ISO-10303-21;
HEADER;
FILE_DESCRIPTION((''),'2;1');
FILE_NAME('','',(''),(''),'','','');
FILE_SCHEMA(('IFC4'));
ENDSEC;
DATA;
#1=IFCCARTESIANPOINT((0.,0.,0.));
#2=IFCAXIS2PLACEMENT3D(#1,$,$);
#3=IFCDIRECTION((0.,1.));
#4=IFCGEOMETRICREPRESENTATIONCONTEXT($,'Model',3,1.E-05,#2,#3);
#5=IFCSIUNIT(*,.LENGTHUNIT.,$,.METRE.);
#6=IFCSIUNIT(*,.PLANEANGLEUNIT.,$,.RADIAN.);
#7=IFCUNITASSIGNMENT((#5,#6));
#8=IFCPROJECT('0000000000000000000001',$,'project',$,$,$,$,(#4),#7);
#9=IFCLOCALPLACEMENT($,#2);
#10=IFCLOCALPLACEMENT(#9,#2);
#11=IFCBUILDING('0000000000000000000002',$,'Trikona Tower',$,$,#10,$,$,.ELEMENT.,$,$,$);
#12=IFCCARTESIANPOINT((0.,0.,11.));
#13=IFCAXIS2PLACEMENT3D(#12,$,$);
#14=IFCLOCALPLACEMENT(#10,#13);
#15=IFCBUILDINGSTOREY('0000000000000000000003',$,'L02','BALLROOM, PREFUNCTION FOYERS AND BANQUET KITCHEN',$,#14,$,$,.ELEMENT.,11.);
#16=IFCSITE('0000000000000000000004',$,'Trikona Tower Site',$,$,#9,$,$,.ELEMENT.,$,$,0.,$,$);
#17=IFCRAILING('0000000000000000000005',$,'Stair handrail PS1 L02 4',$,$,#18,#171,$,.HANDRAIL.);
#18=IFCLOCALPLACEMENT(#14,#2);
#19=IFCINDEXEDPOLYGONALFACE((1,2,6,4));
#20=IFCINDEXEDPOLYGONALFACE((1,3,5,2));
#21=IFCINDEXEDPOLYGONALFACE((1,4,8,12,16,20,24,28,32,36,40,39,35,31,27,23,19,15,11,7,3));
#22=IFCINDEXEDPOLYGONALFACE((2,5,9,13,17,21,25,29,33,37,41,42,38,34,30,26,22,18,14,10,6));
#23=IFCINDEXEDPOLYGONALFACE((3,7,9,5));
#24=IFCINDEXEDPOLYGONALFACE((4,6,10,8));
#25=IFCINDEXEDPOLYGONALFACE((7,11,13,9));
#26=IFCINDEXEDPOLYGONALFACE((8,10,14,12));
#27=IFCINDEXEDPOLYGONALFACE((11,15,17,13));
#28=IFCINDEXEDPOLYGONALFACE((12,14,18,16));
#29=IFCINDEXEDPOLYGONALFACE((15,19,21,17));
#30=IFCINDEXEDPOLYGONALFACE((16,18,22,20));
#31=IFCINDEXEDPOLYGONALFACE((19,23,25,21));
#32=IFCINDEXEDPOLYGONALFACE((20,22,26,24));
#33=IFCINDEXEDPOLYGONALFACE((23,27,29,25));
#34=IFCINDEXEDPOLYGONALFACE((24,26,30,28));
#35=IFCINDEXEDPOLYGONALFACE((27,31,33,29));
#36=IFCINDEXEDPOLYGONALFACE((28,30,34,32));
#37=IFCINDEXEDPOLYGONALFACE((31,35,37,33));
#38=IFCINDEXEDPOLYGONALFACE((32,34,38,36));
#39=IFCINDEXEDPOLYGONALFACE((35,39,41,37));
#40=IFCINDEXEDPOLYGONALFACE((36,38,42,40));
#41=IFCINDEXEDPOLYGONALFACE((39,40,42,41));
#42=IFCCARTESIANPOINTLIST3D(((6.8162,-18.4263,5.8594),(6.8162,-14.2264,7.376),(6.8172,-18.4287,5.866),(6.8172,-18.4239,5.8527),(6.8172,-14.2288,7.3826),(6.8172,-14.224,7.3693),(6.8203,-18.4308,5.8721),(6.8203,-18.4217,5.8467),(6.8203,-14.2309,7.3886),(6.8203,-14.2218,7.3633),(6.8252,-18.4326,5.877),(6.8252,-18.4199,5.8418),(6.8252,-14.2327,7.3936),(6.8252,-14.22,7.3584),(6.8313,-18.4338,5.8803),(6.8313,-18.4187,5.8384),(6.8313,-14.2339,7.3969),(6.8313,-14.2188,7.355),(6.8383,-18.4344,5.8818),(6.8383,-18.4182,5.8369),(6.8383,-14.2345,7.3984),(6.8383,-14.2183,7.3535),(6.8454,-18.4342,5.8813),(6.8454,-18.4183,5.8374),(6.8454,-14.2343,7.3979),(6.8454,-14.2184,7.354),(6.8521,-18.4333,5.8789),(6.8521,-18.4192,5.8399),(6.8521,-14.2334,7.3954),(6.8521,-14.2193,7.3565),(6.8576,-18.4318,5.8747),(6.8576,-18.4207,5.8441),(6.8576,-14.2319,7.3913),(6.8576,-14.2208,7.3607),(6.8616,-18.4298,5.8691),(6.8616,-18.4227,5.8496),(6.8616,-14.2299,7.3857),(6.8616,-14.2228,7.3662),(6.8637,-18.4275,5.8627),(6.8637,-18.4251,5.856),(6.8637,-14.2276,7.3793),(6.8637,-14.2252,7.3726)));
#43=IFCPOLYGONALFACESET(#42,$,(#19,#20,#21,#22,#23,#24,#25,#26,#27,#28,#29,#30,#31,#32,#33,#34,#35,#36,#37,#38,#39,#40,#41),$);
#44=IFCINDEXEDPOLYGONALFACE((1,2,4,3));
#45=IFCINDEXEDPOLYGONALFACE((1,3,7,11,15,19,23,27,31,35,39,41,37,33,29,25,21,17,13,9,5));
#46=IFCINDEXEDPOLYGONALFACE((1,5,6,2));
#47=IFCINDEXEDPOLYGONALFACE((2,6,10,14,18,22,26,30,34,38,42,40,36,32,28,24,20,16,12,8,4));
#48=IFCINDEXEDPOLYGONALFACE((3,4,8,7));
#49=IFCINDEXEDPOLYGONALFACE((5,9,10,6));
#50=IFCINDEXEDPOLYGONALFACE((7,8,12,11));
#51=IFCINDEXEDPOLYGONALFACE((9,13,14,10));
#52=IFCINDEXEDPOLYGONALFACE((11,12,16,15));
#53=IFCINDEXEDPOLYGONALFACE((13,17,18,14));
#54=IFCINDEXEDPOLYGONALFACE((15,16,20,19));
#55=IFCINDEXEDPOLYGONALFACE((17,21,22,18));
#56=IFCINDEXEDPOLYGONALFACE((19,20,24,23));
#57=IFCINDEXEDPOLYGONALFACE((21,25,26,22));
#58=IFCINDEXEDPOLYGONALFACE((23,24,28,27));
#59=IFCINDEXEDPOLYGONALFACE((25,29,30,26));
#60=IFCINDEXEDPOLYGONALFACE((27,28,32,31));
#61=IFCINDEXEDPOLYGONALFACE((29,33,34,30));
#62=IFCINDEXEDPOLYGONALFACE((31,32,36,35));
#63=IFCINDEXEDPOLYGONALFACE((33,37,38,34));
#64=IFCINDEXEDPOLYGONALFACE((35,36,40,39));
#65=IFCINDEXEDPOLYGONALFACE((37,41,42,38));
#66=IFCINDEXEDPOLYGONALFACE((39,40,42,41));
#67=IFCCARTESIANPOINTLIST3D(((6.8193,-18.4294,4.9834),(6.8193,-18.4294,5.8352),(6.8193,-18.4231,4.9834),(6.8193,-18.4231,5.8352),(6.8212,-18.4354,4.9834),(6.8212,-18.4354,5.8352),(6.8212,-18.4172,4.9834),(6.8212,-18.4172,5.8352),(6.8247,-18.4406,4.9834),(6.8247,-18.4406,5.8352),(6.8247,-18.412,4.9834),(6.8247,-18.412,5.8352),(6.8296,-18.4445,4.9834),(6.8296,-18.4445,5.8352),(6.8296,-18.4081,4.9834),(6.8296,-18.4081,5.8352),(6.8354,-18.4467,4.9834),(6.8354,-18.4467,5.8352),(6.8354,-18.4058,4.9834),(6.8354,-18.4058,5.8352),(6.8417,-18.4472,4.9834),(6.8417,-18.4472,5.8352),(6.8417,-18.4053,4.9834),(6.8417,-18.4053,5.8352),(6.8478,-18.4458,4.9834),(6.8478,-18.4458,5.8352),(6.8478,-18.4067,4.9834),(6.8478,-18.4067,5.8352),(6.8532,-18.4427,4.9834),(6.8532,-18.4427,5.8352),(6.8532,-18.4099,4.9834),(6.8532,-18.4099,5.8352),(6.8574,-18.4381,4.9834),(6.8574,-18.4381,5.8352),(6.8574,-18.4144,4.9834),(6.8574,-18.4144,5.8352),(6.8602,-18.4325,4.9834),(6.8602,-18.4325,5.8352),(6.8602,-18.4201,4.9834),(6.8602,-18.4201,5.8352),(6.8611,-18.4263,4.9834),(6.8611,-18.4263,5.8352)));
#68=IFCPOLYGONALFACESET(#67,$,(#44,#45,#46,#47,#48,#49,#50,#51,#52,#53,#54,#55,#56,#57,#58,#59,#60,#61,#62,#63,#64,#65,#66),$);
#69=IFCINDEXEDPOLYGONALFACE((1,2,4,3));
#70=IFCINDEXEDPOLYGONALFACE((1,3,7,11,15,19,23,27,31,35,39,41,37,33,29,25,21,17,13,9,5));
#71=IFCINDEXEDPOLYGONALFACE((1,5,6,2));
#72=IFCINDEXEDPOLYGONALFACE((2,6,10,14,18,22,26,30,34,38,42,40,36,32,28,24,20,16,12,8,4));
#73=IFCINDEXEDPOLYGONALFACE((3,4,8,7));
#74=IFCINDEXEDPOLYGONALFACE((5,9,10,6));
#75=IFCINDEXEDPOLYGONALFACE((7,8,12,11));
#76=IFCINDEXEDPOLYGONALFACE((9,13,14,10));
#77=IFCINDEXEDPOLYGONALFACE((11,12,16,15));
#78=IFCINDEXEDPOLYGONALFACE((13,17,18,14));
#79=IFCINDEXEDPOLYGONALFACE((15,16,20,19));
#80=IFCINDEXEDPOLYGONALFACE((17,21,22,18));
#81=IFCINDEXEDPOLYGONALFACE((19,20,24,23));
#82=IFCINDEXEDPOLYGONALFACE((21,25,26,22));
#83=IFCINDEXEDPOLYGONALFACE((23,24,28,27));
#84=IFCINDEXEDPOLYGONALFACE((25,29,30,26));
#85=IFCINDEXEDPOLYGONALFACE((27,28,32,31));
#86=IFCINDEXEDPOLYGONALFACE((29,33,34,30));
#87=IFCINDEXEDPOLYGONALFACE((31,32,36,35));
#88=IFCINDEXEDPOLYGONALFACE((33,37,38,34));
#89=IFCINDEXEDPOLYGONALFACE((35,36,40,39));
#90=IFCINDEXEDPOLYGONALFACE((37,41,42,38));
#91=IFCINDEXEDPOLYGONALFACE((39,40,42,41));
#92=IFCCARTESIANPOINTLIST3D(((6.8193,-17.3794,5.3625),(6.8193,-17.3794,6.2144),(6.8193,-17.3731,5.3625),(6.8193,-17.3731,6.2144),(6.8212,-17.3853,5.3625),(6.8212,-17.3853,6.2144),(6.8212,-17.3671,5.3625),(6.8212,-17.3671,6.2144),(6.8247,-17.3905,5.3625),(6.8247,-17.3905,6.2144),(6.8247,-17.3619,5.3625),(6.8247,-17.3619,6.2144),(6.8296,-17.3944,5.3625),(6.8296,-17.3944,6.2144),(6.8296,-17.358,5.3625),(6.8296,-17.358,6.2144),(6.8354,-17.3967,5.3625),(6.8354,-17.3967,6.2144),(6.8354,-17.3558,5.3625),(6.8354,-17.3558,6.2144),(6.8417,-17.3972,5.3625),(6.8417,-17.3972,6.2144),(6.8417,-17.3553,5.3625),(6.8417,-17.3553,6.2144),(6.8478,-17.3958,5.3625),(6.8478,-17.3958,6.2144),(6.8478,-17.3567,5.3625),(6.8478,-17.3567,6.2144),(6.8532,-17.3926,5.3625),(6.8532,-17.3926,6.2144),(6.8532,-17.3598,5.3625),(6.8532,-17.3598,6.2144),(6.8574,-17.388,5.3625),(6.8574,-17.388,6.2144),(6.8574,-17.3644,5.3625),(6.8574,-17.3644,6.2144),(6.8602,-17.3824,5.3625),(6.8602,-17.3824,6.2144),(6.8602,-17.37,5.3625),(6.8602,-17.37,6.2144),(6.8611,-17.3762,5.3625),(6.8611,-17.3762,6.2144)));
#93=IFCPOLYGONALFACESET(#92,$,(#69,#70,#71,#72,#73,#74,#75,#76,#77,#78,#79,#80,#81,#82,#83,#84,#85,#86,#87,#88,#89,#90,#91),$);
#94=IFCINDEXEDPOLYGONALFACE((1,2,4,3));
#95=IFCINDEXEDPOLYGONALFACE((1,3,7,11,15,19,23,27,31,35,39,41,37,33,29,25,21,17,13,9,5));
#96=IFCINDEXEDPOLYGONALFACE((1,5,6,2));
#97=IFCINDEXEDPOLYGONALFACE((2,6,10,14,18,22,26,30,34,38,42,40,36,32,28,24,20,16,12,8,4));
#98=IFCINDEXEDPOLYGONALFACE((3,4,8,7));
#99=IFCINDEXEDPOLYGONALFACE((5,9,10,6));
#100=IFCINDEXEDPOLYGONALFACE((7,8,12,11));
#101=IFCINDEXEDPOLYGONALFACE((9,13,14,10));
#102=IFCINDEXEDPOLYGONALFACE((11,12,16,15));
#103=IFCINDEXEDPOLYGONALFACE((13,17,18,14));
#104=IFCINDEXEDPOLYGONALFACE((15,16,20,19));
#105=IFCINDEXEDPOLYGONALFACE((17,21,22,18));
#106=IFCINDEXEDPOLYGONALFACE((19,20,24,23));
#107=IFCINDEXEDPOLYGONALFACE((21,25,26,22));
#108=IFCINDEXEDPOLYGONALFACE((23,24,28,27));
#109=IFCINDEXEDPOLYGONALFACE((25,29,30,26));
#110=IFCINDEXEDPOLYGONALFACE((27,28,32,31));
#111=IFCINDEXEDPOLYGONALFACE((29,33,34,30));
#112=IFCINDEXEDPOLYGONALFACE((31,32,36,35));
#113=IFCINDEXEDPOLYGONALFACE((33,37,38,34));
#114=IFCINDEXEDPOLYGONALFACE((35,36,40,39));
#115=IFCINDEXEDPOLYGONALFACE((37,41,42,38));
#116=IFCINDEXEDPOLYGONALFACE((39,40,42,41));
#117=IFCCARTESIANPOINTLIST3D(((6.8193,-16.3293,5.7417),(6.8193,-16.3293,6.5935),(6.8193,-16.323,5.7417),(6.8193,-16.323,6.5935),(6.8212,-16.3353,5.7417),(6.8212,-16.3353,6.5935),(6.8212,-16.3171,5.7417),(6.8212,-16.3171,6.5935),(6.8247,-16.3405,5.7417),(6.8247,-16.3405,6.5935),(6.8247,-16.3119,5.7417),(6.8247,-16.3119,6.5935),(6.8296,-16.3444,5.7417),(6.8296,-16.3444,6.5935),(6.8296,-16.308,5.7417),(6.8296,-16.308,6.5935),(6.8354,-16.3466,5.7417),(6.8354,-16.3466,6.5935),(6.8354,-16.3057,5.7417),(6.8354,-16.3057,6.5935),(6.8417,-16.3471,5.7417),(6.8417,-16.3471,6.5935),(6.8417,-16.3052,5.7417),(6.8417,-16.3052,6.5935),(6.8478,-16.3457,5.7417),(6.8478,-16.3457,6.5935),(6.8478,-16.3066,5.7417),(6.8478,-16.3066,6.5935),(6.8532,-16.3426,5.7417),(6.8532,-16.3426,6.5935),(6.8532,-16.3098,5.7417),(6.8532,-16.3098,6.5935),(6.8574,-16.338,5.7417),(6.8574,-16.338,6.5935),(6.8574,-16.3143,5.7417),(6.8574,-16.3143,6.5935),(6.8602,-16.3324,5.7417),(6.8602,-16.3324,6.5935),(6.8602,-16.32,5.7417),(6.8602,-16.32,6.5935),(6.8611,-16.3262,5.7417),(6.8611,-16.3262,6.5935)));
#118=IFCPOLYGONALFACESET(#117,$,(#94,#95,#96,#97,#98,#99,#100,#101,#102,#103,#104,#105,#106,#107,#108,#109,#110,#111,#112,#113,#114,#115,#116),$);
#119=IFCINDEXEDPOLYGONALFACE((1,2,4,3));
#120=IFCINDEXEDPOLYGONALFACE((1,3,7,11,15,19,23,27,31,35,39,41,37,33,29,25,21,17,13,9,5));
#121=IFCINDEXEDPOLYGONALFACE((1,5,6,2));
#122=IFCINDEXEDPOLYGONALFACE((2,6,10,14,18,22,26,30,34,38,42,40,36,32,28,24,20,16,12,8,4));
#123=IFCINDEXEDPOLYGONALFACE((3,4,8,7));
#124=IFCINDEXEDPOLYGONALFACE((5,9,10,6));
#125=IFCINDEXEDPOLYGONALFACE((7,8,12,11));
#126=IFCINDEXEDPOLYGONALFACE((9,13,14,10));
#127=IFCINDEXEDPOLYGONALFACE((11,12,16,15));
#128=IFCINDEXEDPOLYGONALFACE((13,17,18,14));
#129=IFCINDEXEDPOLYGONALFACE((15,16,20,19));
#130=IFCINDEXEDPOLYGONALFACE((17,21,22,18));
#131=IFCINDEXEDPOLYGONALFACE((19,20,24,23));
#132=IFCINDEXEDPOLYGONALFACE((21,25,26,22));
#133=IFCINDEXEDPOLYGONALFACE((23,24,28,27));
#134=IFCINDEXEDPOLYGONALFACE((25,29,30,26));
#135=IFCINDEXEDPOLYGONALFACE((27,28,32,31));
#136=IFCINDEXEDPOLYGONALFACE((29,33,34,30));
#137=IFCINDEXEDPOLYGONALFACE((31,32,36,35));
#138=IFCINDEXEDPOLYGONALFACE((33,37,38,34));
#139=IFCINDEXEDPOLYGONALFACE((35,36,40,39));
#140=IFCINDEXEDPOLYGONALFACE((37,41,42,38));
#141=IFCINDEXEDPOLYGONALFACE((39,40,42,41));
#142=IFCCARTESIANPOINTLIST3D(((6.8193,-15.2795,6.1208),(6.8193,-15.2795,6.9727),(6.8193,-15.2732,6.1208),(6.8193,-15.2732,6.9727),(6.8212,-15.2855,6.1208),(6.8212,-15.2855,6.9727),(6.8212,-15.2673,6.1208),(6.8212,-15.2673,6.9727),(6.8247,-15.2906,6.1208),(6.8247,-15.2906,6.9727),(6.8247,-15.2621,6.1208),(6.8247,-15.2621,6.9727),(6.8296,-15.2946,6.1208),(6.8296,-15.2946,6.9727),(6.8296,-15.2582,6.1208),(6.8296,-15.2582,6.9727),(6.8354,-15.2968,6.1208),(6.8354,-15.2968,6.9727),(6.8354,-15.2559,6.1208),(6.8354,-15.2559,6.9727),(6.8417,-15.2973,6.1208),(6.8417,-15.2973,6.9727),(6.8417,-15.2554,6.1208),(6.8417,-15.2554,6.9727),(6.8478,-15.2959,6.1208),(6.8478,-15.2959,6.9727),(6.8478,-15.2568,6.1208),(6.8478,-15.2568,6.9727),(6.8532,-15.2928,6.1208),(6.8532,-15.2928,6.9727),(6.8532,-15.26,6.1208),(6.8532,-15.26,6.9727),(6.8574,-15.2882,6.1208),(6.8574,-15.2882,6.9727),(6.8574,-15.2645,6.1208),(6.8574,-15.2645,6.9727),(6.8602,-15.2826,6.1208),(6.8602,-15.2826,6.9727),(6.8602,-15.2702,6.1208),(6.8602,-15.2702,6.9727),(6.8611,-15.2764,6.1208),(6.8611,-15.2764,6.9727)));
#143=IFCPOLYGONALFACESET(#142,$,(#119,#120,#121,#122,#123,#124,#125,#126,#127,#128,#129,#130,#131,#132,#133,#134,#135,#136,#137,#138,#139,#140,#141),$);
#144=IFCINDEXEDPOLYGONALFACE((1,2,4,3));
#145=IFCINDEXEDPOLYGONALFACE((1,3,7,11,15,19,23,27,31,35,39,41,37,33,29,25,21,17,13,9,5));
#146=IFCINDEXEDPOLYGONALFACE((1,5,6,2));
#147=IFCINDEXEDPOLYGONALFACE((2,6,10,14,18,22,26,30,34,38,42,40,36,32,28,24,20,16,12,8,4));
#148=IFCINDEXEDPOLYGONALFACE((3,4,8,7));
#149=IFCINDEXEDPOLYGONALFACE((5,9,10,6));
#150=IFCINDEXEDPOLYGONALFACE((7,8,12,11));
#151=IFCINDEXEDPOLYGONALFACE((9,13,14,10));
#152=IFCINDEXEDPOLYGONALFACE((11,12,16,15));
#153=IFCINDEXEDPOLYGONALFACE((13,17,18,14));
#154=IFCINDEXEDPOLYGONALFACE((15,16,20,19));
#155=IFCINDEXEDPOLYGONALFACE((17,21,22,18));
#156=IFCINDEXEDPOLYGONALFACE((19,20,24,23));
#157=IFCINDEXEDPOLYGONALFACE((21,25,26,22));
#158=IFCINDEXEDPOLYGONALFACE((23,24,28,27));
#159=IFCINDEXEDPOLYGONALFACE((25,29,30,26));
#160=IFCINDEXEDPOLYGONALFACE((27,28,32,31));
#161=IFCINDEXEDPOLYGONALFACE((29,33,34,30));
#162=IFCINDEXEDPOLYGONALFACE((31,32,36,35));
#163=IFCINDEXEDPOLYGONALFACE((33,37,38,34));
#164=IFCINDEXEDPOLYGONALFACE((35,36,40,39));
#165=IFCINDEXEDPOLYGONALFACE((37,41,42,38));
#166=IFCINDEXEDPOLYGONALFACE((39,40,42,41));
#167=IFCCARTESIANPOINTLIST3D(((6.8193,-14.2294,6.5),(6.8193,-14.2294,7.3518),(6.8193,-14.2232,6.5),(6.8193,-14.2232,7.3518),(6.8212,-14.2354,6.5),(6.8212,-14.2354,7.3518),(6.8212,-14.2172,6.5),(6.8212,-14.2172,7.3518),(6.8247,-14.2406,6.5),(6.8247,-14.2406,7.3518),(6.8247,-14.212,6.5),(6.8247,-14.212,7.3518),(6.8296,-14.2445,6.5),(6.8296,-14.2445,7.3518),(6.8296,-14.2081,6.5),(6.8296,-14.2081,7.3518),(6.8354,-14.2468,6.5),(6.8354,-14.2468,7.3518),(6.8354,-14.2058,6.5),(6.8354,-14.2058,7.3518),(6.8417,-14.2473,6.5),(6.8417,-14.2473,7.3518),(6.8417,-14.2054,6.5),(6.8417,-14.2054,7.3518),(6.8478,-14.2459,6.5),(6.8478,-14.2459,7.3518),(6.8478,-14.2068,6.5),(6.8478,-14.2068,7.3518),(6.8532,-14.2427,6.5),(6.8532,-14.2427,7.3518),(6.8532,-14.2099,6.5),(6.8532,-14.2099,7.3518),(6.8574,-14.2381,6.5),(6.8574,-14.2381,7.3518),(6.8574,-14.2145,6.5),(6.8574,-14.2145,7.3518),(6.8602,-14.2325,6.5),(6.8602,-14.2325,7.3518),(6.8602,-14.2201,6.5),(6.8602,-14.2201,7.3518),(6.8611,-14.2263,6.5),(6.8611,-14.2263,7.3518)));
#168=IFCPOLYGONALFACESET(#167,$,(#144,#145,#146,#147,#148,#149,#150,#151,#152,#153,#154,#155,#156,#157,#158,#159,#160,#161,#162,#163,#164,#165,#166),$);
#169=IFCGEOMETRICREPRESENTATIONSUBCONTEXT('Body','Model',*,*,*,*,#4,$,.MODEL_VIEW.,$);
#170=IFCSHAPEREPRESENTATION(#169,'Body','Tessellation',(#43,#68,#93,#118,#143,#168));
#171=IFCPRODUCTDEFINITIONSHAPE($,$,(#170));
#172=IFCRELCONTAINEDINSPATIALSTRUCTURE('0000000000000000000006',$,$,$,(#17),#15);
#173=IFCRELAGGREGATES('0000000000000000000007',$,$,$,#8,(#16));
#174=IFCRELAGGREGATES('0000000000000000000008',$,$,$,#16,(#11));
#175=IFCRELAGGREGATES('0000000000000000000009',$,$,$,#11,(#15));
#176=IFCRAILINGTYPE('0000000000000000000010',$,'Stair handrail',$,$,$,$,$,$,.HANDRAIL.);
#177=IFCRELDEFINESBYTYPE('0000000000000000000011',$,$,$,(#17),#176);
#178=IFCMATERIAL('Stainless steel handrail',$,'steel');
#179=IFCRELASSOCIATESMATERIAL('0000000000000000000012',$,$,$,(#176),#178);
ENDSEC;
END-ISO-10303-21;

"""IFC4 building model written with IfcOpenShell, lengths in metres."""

from ifc_helpers import new_model, si_unit, direction, frame, origin, origin_2d, place, context, subcontext, project, spatial, circle, extrude, material, type_object, element, save


model = new_model("IFC4")

# Units and contexts
model_context = context("Model", 3, precision=1e-05, world=origin(), true_north=direction((0.0, 1.0)))
body_context = subcontext(model_context, "Body", "Model", "MODEL_VIEW")
ifc_project = project(units=[si_unit("LENGTHUNIT", "METRE"), si_unit("PLANEANGLEUNIT", "RADIAN")], contexts=[model_context])

# Site, building, storey
site_placement = place(None, origin())
site = spatial("IfcSite", under=ifc_project, at=site_placement, Name="Trikona Tower Site", CompositionType="ELEMENT", RefElevation=0.0)
building_placement = place(site_placement, origin())
building = spatial("IfcBuilding", under=site, at=building_placement, Name="Trikona Tower", CompositionType="ELEMENT")
storey_placement = place(building_placement, frame((0.0, 0.0, 11.0)))
storey = spatial("IfcBuildingStorey", under=building, at=storey_placement, Name="L02", Description="BALLROOM, PREFUNCTION FOYERS AND BANQUET KITCHEN", CompositionType="ELEMENT", Elevation=11.0)

# Railing
ifc_material_1 = material(Name="Stainless steel handrail", Category="steel")
railing_type_1 = type_object("IfcRailingType", Name="Stair handrail", PredefinedType="HANDRAIL", material=ifc_material_1)
for number, where, name in (
    (1, (6.8401, -18.4263, 4.9834), "Stair handrail PS1 L02 4"),
):
    element("IfcRailing", number, at=place(storey_placement, frame(where)), inside=storey, type_object=railing_type_1, Name=name, PredefinedType="HANDRAIL", context=body_context, shape_type="SweptSolid", body=[
        extrude(circle(Radius=0.0239, at=origin_2d()), frame((0.0, 0.0, 0.876), z_axis=(0.0, 0.940557, 0.339635), x_axis=(-1.0, 0.0, 0.0)), (0.0, 0.0, 1.0), 4.4653),
        extrude(circle(Radius=0.021, at=origin_2d()), origin(), (0.0, 0.0, 1.0), 0.8518),
        extrude(circle(Radius=0.021, at=origin_2d()), frame((0.0, 1.05, 0.3792)), (0.0, 0.0, 1.0), 0.8518),
        extrude(circle(Radius=0.021, at=origin_2d()), frame((0.0, 2.1001, 0.7583)), (0.0, 0.0, 1.0), 0.8518),
        extrude(circle(Radius=0.021, at=origin_2d()), frame((0.0, 3.1499, 1.1375)), (0.0, 0.0, 1.0), 0.8518),
        extrude(circle(Radius=0.021, at=origin_2d()), frame((0.0, 4.2, 1.5166)), (0.0, 0.0, 1.0), 0.8518),
    ])

save(model, "model.ifc")
